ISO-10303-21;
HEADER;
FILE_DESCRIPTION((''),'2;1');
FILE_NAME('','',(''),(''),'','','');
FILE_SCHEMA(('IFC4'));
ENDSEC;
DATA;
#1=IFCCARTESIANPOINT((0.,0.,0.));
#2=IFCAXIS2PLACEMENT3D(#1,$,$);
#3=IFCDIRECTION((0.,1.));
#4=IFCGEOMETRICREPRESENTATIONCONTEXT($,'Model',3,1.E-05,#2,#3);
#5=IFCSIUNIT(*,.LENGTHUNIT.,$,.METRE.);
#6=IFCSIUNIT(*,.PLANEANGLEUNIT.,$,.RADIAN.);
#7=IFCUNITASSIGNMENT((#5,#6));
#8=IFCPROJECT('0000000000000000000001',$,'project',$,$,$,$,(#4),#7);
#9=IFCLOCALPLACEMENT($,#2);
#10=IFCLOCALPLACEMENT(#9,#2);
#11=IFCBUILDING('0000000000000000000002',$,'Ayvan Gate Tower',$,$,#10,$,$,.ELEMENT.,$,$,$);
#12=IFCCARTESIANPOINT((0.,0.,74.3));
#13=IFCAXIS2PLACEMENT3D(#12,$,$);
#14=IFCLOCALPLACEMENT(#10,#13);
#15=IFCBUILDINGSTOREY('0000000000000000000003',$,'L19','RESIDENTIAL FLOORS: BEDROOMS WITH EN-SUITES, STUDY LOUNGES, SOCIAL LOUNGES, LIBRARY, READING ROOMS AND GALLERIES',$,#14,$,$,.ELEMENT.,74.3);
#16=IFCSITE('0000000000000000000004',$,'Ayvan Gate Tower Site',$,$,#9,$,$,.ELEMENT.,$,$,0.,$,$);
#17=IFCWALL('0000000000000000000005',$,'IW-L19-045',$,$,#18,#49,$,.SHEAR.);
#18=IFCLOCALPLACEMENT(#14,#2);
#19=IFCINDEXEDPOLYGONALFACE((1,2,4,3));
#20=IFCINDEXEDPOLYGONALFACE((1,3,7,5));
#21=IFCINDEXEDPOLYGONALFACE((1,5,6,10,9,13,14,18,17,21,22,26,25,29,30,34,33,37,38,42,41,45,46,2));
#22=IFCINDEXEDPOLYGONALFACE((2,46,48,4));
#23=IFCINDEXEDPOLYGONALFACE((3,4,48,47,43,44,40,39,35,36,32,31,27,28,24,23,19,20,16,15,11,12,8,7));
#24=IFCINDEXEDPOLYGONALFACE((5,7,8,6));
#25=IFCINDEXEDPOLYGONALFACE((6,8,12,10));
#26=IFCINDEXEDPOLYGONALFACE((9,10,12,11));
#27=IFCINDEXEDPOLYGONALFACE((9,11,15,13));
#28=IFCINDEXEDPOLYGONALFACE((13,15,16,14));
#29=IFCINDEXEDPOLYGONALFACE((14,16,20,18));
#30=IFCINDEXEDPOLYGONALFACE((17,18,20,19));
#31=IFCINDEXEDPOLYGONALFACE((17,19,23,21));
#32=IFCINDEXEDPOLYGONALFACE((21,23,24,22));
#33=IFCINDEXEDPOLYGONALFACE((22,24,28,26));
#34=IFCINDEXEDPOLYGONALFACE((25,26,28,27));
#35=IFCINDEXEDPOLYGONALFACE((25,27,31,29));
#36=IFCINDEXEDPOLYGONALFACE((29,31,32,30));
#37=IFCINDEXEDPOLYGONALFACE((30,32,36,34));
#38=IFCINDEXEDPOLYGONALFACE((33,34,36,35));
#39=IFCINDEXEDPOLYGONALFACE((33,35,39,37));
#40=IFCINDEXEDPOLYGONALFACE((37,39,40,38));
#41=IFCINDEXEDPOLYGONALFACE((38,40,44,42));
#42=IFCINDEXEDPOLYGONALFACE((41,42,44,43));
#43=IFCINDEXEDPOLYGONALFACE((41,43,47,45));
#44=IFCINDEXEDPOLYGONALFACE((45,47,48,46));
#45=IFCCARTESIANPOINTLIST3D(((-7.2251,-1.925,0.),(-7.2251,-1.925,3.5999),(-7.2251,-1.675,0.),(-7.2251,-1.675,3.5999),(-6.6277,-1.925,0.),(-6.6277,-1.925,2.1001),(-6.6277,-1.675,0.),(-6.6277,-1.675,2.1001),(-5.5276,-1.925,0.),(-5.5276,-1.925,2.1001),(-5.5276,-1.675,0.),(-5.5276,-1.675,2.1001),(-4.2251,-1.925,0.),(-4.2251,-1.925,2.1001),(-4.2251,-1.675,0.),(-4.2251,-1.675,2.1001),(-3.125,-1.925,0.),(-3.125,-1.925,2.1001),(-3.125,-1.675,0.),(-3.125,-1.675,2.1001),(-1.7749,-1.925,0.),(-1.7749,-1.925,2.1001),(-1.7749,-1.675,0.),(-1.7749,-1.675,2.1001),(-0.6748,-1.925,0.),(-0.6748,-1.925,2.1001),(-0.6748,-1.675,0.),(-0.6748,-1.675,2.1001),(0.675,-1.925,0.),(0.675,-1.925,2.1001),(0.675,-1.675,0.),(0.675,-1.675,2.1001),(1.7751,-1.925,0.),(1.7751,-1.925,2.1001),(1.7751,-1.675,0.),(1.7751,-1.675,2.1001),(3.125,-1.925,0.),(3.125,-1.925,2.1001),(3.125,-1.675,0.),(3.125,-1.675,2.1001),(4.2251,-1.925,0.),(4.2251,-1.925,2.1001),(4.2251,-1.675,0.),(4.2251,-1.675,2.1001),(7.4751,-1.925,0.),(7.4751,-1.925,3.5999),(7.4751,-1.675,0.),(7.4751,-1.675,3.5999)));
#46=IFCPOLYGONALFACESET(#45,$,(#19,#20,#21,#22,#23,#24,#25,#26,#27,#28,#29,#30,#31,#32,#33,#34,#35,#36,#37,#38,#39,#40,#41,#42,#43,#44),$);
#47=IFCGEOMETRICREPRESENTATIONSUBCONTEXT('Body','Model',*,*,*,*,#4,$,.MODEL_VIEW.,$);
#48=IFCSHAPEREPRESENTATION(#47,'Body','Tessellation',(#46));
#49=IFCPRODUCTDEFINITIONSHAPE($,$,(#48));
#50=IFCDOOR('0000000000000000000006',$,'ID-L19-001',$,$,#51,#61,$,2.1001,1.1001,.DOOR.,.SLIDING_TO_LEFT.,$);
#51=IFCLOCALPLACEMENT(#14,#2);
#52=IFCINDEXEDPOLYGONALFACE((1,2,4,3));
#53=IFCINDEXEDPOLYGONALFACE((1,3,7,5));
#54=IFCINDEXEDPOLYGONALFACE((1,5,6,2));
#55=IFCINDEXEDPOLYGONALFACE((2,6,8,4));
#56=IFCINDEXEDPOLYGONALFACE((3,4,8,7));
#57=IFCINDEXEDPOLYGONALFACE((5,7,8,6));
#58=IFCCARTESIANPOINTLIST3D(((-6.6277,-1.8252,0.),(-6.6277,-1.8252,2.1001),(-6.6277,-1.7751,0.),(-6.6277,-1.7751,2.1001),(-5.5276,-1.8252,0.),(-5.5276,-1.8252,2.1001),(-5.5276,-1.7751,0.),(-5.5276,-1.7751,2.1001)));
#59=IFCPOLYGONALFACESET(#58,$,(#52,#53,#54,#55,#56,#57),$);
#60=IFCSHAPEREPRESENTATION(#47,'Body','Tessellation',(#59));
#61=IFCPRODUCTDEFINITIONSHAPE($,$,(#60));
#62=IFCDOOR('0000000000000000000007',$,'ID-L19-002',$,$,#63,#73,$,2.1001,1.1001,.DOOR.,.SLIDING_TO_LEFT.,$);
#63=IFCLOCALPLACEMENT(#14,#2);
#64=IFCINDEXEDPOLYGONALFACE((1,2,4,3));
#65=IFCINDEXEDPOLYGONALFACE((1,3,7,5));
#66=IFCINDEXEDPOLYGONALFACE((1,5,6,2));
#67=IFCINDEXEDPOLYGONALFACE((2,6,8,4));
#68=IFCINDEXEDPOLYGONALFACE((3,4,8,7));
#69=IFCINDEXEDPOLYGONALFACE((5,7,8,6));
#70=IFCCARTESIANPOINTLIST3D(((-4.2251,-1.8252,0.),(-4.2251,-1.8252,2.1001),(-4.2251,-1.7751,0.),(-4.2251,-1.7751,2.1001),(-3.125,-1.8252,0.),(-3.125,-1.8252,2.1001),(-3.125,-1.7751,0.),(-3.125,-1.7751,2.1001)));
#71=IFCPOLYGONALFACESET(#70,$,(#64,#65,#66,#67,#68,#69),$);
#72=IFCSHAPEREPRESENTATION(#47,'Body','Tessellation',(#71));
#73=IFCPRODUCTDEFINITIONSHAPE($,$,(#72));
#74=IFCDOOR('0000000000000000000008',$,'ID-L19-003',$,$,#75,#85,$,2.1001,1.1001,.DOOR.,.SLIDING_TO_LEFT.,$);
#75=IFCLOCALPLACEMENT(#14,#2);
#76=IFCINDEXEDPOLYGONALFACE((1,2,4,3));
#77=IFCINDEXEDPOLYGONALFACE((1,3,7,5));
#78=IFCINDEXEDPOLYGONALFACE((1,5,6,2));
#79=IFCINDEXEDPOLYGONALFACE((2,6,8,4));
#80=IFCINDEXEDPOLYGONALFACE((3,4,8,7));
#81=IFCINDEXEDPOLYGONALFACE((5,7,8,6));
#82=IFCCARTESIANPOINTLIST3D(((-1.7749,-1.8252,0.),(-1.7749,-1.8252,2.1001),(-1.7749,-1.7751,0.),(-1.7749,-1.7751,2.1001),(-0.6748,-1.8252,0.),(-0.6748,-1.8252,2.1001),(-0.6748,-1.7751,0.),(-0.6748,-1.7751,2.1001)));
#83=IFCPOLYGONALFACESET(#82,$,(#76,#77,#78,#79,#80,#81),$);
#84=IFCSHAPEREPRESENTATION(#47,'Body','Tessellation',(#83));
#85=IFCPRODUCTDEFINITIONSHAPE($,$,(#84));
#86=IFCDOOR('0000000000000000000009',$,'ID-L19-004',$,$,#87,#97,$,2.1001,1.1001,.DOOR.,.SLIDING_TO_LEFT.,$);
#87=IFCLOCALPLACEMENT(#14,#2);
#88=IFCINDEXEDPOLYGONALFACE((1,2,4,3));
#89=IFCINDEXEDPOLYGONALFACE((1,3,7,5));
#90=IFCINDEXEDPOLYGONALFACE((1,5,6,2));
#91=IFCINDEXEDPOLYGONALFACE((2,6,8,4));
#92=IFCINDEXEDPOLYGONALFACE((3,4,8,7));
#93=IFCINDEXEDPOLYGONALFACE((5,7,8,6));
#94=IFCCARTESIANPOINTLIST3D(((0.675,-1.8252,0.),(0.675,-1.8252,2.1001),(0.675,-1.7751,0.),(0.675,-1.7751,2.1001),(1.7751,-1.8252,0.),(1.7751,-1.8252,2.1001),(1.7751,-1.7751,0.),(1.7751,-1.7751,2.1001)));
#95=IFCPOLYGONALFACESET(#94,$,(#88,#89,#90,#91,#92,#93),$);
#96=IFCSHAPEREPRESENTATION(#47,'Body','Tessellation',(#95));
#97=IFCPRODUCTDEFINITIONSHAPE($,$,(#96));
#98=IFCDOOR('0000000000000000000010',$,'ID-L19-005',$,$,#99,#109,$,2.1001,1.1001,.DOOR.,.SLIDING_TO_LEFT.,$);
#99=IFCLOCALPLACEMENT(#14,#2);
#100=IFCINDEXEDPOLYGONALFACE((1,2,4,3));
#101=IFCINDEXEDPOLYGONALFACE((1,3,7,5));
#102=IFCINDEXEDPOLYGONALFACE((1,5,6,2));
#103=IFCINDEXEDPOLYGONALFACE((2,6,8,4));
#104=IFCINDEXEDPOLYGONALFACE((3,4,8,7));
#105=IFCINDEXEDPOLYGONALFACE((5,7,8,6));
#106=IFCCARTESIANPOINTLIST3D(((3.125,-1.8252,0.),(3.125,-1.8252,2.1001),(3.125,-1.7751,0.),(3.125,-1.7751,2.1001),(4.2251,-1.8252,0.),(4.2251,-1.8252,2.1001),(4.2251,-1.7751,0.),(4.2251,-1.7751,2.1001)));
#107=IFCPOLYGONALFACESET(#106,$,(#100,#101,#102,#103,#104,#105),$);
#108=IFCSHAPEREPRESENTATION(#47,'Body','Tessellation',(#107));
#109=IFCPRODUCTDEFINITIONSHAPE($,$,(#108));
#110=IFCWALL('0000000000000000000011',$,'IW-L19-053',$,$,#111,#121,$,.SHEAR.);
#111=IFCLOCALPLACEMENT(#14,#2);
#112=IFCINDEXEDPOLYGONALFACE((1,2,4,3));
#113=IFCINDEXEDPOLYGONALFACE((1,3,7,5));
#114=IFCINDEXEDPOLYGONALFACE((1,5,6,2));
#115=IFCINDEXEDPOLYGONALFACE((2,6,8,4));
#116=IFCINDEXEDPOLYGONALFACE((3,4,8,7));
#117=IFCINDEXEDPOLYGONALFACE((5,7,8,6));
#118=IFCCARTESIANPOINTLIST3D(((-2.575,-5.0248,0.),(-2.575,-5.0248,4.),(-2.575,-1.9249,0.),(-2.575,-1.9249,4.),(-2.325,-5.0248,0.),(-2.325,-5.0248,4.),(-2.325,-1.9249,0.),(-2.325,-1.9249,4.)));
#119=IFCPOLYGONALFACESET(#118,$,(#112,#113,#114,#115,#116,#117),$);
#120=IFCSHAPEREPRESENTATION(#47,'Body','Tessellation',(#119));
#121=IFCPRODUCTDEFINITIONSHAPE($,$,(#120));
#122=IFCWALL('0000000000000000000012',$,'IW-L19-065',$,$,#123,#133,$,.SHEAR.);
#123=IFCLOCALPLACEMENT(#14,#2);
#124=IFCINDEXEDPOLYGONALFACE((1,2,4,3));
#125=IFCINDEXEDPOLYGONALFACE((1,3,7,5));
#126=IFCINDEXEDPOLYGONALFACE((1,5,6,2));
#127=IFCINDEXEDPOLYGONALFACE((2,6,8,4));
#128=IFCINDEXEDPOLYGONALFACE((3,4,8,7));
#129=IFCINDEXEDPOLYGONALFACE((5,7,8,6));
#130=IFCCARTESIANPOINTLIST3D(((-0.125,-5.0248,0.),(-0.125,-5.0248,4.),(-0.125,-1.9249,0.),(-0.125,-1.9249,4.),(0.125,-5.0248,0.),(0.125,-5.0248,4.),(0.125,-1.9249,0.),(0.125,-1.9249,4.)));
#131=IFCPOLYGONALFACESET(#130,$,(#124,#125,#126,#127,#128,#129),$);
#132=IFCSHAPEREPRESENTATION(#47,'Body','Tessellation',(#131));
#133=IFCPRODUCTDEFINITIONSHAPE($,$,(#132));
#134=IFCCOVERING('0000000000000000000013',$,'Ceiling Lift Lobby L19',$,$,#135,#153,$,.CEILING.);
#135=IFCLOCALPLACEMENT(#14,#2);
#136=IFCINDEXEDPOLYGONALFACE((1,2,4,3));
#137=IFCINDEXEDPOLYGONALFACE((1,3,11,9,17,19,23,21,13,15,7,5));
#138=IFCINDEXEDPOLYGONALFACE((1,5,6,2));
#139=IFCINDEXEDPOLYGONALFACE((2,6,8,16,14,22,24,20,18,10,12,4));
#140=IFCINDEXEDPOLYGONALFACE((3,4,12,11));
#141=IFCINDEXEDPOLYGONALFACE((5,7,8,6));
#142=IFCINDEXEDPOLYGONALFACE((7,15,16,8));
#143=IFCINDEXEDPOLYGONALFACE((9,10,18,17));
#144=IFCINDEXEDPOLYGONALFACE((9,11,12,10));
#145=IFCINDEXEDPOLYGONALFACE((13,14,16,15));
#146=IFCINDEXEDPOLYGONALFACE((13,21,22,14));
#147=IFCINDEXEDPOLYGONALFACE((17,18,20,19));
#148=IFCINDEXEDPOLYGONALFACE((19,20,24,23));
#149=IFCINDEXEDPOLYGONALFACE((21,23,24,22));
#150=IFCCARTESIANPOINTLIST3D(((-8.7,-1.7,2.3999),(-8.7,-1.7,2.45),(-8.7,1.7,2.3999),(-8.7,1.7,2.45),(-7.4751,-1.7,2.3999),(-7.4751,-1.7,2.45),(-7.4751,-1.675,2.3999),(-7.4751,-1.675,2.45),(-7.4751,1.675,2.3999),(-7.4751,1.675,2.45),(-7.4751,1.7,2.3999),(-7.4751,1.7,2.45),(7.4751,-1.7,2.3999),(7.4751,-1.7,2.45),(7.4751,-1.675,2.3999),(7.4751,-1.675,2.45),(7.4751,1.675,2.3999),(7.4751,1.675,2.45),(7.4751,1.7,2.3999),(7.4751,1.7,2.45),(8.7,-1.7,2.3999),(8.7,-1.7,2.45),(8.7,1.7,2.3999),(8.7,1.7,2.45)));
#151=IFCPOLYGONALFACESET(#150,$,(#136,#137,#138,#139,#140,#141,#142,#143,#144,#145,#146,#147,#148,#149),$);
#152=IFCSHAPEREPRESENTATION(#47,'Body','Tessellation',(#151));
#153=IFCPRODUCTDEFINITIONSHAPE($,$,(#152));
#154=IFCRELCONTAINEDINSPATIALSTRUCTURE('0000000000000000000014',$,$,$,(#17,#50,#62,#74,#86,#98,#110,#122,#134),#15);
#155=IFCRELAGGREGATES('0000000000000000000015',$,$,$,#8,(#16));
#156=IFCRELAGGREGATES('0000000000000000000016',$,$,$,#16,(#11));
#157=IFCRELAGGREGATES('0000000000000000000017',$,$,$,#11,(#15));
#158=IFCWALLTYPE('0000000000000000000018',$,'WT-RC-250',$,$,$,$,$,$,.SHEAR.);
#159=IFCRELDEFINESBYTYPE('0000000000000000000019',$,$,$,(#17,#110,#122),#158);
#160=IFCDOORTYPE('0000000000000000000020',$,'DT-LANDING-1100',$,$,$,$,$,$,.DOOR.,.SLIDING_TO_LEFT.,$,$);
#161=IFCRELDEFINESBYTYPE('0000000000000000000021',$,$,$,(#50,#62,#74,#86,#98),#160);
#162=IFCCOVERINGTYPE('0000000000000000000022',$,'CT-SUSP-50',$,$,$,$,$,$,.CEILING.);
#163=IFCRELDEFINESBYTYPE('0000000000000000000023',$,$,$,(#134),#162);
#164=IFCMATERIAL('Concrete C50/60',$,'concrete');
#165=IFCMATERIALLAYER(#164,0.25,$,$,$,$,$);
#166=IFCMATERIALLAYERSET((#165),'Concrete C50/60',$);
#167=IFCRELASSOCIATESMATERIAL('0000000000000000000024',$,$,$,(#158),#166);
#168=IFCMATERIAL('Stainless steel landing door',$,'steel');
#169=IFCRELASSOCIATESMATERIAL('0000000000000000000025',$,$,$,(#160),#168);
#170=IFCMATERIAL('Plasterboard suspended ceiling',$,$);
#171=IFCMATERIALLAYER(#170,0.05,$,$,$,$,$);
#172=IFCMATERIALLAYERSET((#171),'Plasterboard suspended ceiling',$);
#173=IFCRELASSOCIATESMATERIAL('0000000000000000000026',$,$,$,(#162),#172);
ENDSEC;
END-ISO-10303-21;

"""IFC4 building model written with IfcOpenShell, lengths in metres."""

from ifc_helpers import new_model, si_unit, direction, frame, frame_2d, origin, place, context, subcontext, project, spatial, polyline, rectangle, outline, extrude, material, layer, layer_set, type_object, element, fill, save


model = new_model("IFC4")

# Units and contexts
model_context = context("Model", 3, precision=1e-05, world=origin(), true_north=direction((0.0, 1.0)))
body_context = subcontext(model_context, "Body", "Model", "MODEL_VIEW")
ifc_project = project(units=[si_unit("LENGTHUNIT", "METRE"), si_unit("PLANEANGLEUNIT", "RADIAN")], contexts=[model_context])

# Site, building, storey
site_placement = place(None, origin())
site = spatial("IfcSite", under=ifc_project, at=site_placement, Name="Ayvan Gate Tower Site", CompositionType="ELEMENT", RefElevation=0.0)
building_placement = place(site_placement, origin())
building = spatial("IfcBuilding", under=site, at=building_placement, Name="Ayvan Gate Tower", CompositionType="ELEMENT")
storey_placement = place(building_placement, frame((0.0, 0.0, 74.3)))
storey = spatial("IfcBuildingStorey", under=building, at=storey_placement, Name="L19", Description="RESIDENTIAL FLOORS: BEDROOMS WITH EN-SUITES, STUDY LOUNGES, SOCIAL LOUNGES, LIBRARY, READING ROOMS AND GALLERIES", CompositionType="ELEMENT", Elevation=74.3)

# Shared definitions
ifc_material_1 = material(Name="Concrete C50/60", Category="concrete")
ifc_layer_1 = layer(ifc_material_1, 0.25)
ifc_layer_set_1 = layer_set([ifc_layer_1], Name="Concrete C50/60")
wall_type_1 = type_object("IfcWallType", Name="WT-RC-250", PredefinedType="SHEAR", material=ifc_layer_set_1)

# Wall, openings, doors
wall_1_placement = place(storey_placement, frame((-7.2251, -1.8, 0.0), z_axis=(0.0, 0.0, 1.0), x_axis=(1.0, 0.0, 0.0)))
wall_1 = element("IfcWall", 1, at=wall_1_placement, inside=storey, type_object=wall_type_1, Name="IW-L19-045", PredefinedType="SHEAR", context=body_context, shape_type="SweptSolid", body=[
    extrude(rectangle(XDim=14.7002, YDim=0.25, at=frame_2d((7.3501, 0.0))), origin(), (0.0, 0.0, 1.0), 3.5999),
])
opening_1_placement = place(wall_1_placement, frame((0.5974, 0.0, 0.0)))
opening_1 = element("IfcOpeningElement", 2, at=opening_1_placement, cuts=wall_1, PredefinedType="OPENING", context=body_context, shape_type="SweptSolid", body=[
    extrude(rectangle(XDim=1.1001, YDim=2.1001, at=frame_2d((0.55, 1.05))), frame((0.0, 0.135, 0.0), z_axis=(0.0, -1.0, 0.0), x_axis=(1.0, 0.0, 0.0)), (0.0, 0.0, 1.0), 0.27),
])
opening_2_placement = place(wall_1_placement, frame((3.0, 0.0, 0.0)))
opening_2 = element("IfcOpeningElement", 3, at=opening_2_placement, cuts=wall_1, PredefinedType="OPENING", context=body_context, shape_type="SweptSolid", body=[
    extrude(rectangle(XDim=1.1001, YDim=2.1001, at=frame_2d((0.55, 1.05))), frame((0.0, 0.135, 0.0), z_axis=(0.0, -1.0, 0.0), x_axis=(1.0, 0.0, 0.0)), (0.0, 0.0, 1.0), 0.27),
])
opening_3_placement = place(wall_1_placement, frame((5.4502, 0.0, 0.0)))
opening_3 = element("IfcOpeningElement", 4, at=opening_3_placement, cuts=wall_1, PredefinedType="OPENING", context=body_context, shape_type="SweptSolid", body=[
    extrude(rectangle(XDim=1.1001, YDim=2.1001, at=frame_2d((0.55, 1.05))), frame((0.0, 0.135, 0.0), z_axis=(0.0, -1.0, 0.0), x_axis=(1.0, 0.0, 0.0)), (0.0, 0.0, 1.0), 0.27),
])
opening_4_placement = place(wall_1_placement, frame((7.9001, 0.0, 0.0)))
opening_4 = element("IfcOpeningElement", 5, at=opening_4_placement, cuts=wall_1, PredefinedType="OPENING", context=body_context, shape_type="SweptSolid", body=[
    extrude(rectangle(XDim=1.1001, YDim=2.1001, at=frame_2d((0.55, 1.05))), frame((0.0, 0.135, 0.0), z_axis=(0.0, -1.0, 0.0), x_axis=(1.0, 0.0, 0.0)), (0.0, 0.0, 1.0), 0.27),
])
opening_5_placement = place(wall_1_placement, frame((10.3501, 0.0, 0.0)))
opening_5 = element("IfcOpeningElement", 6, at=opening_5_placement, cuts=wall_1, PredefinedType="OPENING", context=body_context, shape_type="SweptSolid", body=[
    extrude(rectangle(XDim=1.1001, YDim=2.1001, at=frame_2d((0.55, 1.05))), frame((0.0, 0.135, 0.0), z_axis=(0.0, -1.0, 0.0), x_axis=(1.0, 0.0, 0.0)), (0.0, 0.0, 1.0), 0.27),
])
ifc_material_2 = material(Name="Stainless steel landing door", Category="steel")
door_type_1 = type_object("IfcDoorType", Name="DT-LANDING-1100", OperationType="SLIDING_TO_LEFT", PredefinedType="DOOR", material=ifc_material_2)
door_1_placement = place(opening_1_placement, origin())
door_1 = element("IfcDoor", 7, at=door_1_placement, inside=storey, type_object=door_type_1, Name="ID-L19-001", OperationType="SLIDING_TO_LEFT", OverallHeight=2.1001, OverallWidth=1.1001, PredefinedType="DOOR", context=body_context, shape_type="SweptSolid", body=[
    extrude(rectangle(XDim=1.1001, YDim=2.1001, at=frame_2d((0.55, 1.05))), frame((0.0, 0.0249, 0.0), z_axis=(0.0, -1.0, 0.0), x_axis=(1.0, 0.0, 0.0)), (0.0, 0.0, 1.0), 0.05),
])
fill(opening_1, door_1)
door_2_placement = place(opening_2_placement, origin())
door_2 = element("IfcDoor", 8, at=door_2_placement, inside=storey, type_object=door_type_1, Name="ID-L19-002", OperationType="SLIDING_TO_LEFT", OverallHeight=2.1001, OverallWidth=1.1001, PredefinedType="DOOR", context=body_context, shape_type="SweptSolid", body=[
    extrude(rectangle(XDim=1.1001, YDim=2.1001, at=frame_2d((0.55, 1.05))), frame((0.0, 0.0249, 0.0), z_axis=(0.0, -1.0, 0.0), x_axis=(1.0, 0.0, 0.0)), (0.0, 0.0, 1.0), 0.05),
])
fill(opening_2, door_2)
door_3_placement = place(opening_3_placement, origin())
door_3 = element("IfcDoor", 9, at=door_3_placement, inside=storey, type_object=door_type_1, Name="ID-L19-003", OperationType="SLIDING_TO_LEFT", OverallHeight=2.1001, OverallWidth=1.1001, PredefinedType="DOOR", context=body_context, shape_type="SweptSolid", body=[
    extrude(rectangle(XDim=1.1001, YDim=2.1001, at=frame_2d((0.55, 1.05))), frame((0.0, 0.0249, 0.0), z_axis=(0.0, -1.0, 0.0), x_axis=(1.0, 0.0, 0.0)), (0.0, 0.0, 1.0), 0.05),
])
fill(opening_3, door_3)
door_4_placement = place(opening_4_placement, origin())
door_4 = element("IfcDoor", 10, at=door_4_placement, inside=storey, type_object=door_type_1, Name="ID-L19-004", OperationType="SLIDING_TO_LEFT", OverallHeight=2.1001, OverallWidth=1.1001, PredefinedType="DOOR", context=body_context, shape_type="SweptSolid", body=[
    extrude(rectangle(XDim=1.1001, YDim=2.1001, at=frame_2d((0.55, 1.05))), frame((0.0, 0.0249, 0.0), z_axis=(0.0, -1.0, 0.0), x_axis=(1.0, 0.0, 0.0)), (0.0, 0.0, 1.0), 0.05),
])
fill(opening_4, door_4)
door_5_placement = place(opening_5_placement, origin())
door_5 = element("IfcDoor", 11, at=door_5_placement, inside=storey, type_object=door_type_1, Name="ID-L19-005", OperationType="SLIDING_TO_LEFT", OverallHeight=2.1001, OverallWidth=1.1001, PredefinedType="DOOR", context=body_context, shape_type="SweptSolid", body=[
    extrude(rectangle(XDim=1.1001, YDim=2.1001, at=frame_2d((0.55, 1.05))), frame((0.0, 0.0249, 0.0), z_axis=(0.0, -1.0, 0.0), x_axis=(1.0, 0.0, 0.0)), (0.0, 0.0, 1.0), 0.05),
])
fill(opening_5, door_5)

# Walls
for number, where, z_axis, x_axis, name in (
    (12, (-2.45, -1.925, 0.0), (0.0, 0.0, 1.0), (0.0, -1.0, 0.0), "IW-L19-053"),
    (13, (0.0, -1.925, 0.0), (0.0, 0.0, 1.0), (0.0, -1.0, 0.0), "IW-L19-065"),
):
    element("IfcWall", number, at=place(storey_placement, frame(where, z_axis=z_axis, x_axis=x_axis)), inside=storey, type_object=wall_type_1, Name=name, PredefinedType="SHEAR", context=body_context, shape_type="SweptSolid", body=[
        extrude(rectangle(XDim=3.0999, YDim=0.25, at=frame_2d((1.5498, 0.0))), origin(), (0.0, 0.0, 1.0), 4.0),
    ])

# Covering
ifc_material_3 = material(Name="Plasterboard suspended ceiling")
ifc_layer_2 = layer(ifc_material_3, 0.05)
ifc_layer_set_2 = layer_set([ifc_layer_2], Name="Plasterboard suspended ceiling")
covering_type = type_object("IfcCoveringType", Name="CT-SUSP-50", PredefinedType="CEILING", material=ifc_layer_set_2)
covering_1_placement = place(storey_placement, frame((0.0, 0.0, 2.3999)))
element("IfcCovering", 14, at=covering_1_placement, inside=storey, type_object=covering_type, Name="Ceiling Lift Lobby L19", PredefinedType="CEILING", context=body_context, shape_type="SweptSolid", body=[
    extrude(outline(polyline([(7.4751, -1.675), (-7.4751, -1.675), (-7.4751, -1.7), (-8.7, -1.7), (-8.7, 1.7), (-7.4751, 1.7), (-7.4751, 1.675), (7.4751, 1.675), (7.4751, 1.7), (8.7, 1.7), (8.7, -1.7), (7.4751, -1.7), (7.4751, -1.675)])), origin(), (0.0, 0.0, 1.0), 0.05),
])

save(model, "model.ifc")
